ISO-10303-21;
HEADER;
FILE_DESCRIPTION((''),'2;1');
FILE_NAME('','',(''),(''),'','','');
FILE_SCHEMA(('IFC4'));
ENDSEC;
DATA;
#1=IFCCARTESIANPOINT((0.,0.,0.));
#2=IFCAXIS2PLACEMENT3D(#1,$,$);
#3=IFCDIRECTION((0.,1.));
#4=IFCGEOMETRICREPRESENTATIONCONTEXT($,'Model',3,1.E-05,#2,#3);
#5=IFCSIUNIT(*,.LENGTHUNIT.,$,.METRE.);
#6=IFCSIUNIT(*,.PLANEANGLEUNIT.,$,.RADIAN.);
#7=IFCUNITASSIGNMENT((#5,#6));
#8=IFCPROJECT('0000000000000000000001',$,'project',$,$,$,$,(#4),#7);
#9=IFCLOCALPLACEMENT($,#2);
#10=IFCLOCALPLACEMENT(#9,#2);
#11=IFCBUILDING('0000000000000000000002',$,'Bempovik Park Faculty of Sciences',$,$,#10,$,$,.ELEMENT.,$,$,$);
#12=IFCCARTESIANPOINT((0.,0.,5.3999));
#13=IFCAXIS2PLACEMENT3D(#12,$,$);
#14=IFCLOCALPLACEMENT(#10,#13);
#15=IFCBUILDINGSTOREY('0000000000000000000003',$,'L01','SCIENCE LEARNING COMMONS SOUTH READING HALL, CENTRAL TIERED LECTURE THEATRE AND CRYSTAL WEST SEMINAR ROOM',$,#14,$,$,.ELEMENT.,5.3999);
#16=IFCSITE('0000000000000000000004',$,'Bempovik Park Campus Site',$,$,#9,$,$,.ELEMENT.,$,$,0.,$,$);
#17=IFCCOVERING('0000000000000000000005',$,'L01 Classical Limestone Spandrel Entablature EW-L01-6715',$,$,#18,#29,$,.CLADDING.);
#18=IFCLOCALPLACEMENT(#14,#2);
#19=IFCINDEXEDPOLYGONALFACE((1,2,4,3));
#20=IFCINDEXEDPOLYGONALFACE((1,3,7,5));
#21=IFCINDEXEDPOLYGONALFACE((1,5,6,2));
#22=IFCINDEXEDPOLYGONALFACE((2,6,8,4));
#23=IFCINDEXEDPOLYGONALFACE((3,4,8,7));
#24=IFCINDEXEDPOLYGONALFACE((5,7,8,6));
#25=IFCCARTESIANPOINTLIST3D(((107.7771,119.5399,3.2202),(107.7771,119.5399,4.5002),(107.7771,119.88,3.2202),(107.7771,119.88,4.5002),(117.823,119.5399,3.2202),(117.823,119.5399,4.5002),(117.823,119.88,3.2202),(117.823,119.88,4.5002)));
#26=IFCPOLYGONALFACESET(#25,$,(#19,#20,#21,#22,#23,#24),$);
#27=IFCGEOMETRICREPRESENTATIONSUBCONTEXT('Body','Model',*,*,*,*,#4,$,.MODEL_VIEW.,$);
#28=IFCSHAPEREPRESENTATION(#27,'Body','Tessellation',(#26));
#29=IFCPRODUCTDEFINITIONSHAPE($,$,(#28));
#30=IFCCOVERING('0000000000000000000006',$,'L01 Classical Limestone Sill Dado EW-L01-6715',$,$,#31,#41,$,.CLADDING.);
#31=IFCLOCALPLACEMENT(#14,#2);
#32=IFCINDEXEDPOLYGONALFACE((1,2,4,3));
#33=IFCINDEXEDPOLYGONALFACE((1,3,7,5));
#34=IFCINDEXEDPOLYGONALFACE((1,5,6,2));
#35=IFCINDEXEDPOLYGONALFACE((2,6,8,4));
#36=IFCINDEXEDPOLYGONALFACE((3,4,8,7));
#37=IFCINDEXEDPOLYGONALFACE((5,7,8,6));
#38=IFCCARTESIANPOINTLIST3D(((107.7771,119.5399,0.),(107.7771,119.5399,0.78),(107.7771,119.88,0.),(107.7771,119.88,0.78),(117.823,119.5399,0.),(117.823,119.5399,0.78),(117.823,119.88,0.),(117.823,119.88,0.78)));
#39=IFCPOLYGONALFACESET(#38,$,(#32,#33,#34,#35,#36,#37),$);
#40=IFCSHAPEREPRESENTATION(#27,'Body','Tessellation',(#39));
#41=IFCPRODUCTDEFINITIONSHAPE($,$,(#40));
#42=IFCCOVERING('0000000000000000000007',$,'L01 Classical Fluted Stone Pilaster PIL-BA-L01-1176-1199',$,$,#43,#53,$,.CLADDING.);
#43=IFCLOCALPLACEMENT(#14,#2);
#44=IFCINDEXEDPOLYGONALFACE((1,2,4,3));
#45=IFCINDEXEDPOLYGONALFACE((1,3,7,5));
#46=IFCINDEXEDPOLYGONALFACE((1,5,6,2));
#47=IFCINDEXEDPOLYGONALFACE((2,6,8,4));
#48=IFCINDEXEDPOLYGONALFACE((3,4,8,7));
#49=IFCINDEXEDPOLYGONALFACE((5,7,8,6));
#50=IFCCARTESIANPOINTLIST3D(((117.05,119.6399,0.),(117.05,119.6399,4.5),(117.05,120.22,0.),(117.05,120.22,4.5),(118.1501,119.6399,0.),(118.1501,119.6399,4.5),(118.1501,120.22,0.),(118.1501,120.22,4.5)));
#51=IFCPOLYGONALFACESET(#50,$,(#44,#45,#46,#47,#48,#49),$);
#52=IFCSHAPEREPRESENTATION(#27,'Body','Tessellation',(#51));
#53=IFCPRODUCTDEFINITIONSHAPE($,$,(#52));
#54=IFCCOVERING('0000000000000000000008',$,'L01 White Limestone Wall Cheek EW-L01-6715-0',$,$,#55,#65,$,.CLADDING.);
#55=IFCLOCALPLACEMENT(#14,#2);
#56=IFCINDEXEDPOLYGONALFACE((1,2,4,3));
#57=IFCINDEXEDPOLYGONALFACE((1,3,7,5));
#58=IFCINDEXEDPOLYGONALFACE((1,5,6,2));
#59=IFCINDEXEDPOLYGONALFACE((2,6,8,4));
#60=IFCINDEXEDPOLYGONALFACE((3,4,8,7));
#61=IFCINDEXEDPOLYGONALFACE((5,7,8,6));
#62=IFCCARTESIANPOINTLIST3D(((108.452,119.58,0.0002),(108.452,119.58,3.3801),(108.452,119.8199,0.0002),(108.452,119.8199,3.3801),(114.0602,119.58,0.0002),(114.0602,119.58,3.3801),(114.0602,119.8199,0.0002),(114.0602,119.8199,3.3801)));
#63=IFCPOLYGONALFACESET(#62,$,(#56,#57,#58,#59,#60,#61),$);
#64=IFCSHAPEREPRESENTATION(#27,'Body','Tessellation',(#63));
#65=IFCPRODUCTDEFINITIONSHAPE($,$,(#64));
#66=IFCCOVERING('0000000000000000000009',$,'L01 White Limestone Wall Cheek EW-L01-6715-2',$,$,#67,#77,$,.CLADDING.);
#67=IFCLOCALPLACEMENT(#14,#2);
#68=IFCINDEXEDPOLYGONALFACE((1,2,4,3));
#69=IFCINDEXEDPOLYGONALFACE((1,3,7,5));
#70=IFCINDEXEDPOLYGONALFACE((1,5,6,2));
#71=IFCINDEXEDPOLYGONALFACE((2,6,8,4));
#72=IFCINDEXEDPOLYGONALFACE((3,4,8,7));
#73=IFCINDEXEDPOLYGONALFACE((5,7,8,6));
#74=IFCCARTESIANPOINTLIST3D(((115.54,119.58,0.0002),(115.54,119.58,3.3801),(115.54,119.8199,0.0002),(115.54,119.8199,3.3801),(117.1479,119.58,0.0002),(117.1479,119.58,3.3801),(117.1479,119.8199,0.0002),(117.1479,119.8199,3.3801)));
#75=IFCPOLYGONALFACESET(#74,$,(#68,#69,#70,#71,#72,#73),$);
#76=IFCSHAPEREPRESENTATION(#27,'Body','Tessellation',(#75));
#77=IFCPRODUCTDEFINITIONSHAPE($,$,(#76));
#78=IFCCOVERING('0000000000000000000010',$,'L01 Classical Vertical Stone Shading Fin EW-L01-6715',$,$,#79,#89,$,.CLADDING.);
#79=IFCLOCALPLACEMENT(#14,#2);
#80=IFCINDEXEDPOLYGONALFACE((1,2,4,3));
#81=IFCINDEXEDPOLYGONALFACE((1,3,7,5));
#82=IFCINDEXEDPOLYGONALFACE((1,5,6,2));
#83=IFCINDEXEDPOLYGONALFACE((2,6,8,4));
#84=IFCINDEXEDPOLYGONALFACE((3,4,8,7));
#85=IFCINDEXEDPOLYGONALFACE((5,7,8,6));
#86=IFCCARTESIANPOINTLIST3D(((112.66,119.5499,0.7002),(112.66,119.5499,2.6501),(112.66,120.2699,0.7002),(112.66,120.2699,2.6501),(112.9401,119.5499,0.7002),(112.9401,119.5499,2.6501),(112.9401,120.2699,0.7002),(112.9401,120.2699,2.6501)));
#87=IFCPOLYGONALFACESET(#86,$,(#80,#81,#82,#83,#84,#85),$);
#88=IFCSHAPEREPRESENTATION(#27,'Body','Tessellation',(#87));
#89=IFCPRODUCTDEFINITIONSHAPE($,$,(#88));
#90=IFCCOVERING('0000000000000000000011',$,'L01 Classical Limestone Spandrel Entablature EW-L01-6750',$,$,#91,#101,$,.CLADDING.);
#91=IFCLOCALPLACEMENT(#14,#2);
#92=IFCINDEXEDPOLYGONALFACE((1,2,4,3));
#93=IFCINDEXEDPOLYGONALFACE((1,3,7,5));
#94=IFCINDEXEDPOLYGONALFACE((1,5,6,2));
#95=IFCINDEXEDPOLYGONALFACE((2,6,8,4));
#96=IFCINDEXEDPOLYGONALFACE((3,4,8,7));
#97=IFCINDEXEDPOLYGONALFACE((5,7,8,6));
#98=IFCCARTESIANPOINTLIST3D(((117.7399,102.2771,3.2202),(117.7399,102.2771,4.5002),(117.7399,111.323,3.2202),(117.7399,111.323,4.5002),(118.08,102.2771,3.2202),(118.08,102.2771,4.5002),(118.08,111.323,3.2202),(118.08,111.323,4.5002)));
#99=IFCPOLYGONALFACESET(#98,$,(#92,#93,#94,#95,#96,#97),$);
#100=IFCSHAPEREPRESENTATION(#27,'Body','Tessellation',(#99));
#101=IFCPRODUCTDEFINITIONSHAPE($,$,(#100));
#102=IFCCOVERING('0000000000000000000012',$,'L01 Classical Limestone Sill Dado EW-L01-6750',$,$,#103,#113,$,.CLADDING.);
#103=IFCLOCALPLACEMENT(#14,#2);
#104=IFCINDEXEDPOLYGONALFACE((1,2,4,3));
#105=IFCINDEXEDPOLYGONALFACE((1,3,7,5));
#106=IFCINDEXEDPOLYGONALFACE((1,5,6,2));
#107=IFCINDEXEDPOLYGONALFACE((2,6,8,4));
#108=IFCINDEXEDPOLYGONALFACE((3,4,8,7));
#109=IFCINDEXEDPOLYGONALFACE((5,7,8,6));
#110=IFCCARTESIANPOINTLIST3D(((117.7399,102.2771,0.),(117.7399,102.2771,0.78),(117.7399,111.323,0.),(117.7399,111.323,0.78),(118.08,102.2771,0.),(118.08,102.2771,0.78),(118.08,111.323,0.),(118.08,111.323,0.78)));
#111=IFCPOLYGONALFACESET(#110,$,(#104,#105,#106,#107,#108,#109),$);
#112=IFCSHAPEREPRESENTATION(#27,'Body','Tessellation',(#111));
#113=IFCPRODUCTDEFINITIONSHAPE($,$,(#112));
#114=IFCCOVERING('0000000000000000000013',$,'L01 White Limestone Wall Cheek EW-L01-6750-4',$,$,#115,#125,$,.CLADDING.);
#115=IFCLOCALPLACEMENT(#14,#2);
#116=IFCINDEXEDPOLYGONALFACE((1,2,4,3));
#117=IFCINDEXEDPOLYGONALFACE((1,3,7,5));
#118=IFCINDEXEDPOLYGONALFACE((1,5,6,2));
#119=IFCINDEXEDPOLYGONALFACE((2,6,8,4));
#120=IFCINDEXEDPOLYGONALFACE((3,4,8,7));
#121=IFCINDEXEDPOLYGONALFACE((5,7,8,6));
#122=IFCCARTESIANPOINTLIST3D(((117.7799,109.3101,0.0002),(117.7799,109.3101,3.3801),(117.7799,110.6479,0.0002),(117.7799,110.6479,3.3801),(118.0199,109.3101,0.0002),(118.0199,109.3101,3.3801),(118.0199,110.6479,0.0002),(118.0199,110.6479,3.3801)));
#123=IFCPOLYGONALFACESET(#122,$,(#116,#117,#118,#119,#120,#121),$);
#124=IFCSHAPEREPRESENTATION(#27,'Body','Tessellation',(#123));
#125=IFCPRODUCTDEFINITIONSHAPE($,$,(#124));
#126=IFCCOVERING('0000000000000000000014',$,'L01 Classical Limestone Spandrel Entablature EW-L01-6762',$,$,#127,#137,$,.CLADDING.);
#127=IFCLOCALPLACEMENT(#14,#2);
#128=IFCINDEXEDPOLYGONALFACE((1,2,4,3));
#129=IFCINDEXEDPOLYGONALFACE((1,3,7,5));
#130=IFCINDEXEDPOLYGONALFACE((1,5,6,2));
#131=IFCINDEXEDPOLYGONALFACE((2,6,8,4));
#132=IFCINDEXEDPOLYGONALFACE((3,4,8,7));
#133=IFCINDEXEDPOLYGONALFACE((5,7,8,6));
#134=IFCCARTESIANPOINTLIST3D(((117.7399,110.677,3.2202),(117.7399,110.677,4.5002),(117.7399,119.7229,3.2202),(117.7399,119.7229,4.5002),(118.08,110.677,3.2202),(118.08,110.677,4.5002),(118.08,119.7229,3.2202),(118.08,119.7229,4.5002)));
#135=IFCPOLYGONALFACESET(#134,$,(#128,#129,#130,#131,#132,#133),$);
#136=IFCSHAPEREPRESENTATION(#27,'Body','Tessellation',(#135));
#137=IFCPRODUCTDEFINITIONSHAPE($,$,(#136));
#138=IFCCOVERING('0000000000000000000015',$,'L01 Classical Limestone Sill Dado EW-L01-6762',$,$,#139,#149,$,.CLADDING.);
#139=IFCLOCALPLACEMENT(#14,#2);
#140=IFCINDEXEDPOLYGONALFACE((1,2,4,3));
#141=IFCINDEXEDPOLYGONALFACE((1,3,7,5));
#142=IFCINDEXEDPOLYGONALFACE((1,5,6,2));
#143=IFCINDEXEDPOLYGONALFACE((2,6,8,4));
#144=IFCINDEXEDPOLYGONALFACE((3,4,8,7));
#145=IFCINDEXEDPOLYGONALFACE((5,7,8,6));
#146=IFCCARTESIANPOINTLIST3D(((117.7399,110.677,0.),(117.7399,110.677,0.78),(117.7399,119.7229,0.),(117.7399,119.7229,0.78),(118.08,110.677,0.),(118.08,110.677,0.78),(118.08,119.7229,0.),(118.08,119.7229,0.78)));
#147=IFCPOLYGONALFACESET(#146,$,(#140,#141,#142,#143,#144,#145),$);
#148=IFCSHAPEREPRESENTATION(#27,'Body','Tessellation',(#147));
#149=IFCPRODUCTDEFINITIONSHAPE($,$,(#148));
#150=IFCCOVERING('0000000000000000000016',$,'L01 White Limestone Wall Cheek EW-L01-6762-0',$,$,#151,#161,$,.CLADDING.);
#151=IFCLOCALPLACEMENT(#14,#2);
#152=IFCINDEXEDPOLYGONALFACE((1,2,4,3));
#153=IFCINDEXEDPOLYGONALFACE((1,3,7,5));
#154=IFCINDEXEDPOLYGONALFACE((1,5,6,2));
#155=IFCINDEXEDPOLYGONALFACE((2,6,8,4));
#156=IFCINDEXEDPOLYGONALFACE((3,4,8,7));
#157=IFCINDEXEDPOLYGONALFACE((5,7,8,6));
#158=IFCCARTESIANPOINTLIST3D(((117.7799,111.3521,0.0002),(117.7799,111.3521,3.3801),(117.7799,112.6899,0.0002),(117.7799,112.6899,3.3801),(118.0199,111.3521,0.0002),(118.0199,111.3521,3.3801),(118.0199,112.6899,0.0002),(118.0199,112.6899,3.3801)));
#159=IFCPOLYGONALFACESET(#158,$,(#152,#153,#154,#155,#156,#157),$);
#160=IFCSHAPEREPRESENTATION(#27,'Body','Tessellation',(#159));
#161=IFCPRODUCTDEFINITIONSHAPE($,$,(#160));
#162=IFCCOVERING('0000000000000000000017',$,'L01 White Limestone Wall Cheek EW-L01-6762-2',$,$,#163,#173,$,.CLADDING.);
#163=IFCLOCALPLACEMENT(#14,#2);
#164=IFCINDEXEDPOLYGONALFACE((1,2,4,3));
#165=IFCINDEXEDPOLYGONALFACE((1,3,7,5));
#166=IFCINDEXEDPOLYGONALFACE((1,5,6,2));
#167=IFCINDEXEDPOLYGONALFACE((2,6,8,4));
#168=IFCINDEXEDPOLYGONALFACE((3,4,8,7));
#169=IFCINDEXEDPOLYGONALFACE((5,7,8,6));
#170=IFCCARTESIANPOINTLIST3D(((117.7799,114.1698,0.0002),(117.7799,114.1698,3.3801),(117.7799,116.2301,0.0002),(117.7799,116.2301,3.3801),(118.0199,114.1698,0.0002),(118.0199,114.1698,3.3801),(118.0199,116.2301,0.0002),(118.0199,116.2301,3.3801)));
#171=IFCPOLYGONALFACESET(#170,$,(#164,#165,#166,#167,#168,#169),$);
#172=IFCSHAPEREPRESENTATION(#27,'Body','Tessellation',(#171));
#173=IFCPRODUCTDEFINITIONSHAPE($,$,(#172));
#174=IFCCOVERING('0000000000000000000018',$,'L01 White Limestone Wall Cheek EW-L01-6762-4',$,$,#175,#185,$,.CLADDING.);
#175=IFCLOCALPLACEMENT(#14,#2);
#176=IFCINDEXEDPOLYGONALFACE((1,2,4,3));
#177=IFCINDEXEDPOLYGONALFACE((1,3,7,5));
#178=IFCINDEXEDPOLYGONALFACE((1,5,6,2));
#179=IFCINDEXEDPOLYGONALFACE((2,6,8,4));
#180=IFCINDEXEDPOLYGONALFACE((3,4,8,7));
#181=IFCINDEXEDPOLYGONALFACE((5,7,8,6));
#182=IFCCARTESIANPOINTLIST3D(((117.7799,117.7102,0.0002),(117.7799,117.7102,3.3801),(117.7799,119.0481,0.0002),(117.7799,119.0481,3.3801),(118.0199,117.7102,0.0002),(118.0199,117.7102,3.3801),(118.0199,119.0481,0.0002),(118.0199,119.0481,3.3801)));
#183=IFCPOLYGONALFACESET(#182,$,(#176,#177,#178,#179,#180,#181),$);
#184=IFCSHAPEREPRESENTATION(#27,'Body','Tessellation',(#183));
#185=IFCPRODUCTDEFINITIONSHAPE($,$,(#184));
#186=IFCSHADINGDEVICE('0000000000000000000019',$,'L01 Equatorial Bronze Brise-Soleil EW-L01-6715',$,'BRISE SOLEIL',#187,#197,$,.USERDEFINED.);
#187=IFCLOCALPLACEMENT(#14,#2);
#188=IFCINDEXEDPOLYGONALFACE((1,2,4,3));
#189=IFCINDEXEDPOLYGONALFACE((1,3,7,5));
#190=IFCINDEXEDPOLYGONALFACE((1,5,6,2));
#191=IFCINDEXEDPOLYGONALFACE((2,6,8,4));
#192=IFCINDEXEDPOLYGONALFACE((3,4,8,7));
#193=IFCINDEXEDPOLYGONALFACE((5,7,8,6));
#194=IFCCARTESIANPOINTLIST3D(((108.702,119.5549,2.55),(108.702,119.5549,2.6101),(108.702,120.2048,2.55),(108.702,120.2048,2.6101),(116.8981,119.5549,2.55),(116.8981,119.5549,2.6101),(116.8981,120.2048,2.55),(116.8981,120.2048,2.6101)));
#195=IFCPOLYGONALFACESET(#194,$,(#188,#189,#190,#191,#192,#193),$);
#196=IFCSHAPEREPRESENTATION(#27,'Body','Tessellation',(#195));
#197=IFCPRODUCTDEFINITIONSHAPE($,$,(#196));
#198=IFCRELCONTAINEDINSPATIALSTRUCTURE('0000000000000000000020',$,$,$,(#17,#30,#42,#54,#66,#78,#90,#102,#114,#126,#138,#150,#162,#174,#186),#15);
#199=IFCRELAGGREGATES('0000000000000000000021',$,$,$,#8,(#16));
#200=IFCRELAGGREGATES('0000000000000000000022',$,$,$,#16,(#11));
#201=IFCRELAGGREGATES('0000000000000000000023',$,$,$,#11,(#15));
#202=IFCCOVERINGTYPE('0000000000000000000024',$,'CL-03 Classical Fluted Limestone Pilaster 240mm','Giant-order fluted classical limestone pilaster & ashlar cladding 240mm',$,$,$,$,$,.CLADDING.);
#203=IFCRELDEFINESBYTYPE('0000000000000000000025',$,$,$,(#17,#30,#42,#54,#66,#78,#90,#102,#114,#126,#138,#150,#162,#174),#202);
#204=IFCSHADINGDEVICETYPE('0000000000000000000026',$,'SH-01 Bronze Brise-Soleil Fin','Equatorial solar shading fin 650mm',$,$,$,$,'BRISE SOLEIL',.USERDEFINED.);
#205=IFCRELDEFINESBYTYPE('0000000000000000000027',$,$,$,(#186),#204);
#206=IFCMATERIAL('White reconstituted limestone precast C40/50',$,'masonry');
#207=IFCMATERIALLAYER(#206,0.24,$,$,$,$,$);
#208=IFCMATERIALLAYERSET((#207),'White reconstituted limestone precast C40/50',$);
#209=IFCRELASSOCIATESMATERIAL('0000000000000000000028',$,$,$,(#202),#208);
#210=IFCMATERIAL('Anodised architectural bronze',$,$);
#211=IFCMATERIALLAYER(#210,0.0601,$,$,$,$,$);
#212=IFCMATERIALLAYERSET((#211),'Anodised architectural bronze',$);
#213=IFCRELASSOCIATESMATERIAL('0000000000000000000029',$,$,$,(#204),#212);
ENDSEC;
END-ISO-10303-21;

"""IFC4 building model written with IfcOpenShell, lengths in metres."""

from ifc_helpers import new_model, si_unit, direction, frame, origin, origin_2d, place, context, subcontext, project, spatial, rectangle, extrude, material, layer, layer_set, type_object, element, save


model = new_model("IFC4")

# Units and contexts
model_context = context("Model", 3, precision=1e-05, world=origin(), true_north=direction((0.0, 1.0)))
body_context = subcontext(model_context, "Body", "Model", "MODEL_VIEW")
ifc_project = project(units=[si_unit("LENGTHUNIT", "METRE"), si_unit("PLANEANGLEUNIT", "RADIAN")], contexts=[model_context])

# Site, building, storey
site_placement = place(None, origin())
site = spatial("IfcSite", under=ifc_project, at=site_placement, Name="Bempovik Park Campus Site", CompositionType="ELEMENT", RefElevation=0.0)
building_placement = place(site_placement, origin())
building = spatial("IfcBuilding", under=site, at=building_placement, Name="Bempovik Park Faculty of Sciences", CompositionType="ELEMENT")
storey_placement = place(building_placement, frame((0.0, 0.0, 5.3999)))
storey = spatial("IfcBuildingStorey", under=building, at=storey_placement, Name="L01", Description="SCIENCE LEARNING COMMONS SOUTH READING HALL, CENTRAL TIERED LECTURE THEATRE AND CRYSTAL WEST SEMINAR ROOM", CompositionType="ELEMENT", Elevation=5.3999)

# Coverings
ifc_material_1 = material(Name="White reconstituted limestone precast C40/50", Category="masonry")
ifc_layer_1 = layer(ifc_material_1, 0.24)
ifc_layer_set_1 = layer_set([ifc_layer_1], Name="White reconstituted limestone precast C40/50")
covering_type_1 = type_object("IfcCoveringType", Name="CL-03 Classical Fluted Limestone Pilaster 240mm", Description="Giant-order fluted classical limestone pilaster & ashlar cladding 240mm", PredefinedType="CLADDING", material=ifc_layer_set_1)
covering_1_placement = place(storey_placement, frame((112.8, 119.71, 3.2202), z_axis=(0.0, 0.0, 1.0), x_axis=(1.0, 0.0, 0.0)))
element("IfcCovering", 1, at=covering_1_placement, inside=storey, type_object=covering_type_1, Name="L01 Classical Limestone Spandrel Entablature EW-L01-6715", PredefinedType="CLADDING", context=body_context, shape_type="SweptSolid", body=[
    extrude(rectangle(XDim=10.0459, YDim=0.3401, at=origin_2d()), origin(), (0.0, 0.0, 1.0), 1.28),
])
covering_2_placement = place(storey_placement, frame((112.8, 119.71, 0.0), z_axis=(0.0, 0.0, 1.0), x_axis=(1.0, 0.0, 0.0)))
element("IfcCovering", 2, at=covering_2_placement, inside=storey, type_object=covering_type_1, Name="L01 Classical Limestone Sill Dado EW-L01-6715", PredefinedType="CLADDING", context=body_context, shape_type="SweptSolid", body=[
    extrude(rectangle(XDim=10.0459, YDim=0.3401, at=origin_2d()), origin(), (0.0, 0.0, 1.0), 0.78),
])
covering_3_placement = place(storey_placement, frame((117.6001, 119.9299, 0.0), z_axis=(0.0, 0.0, 1.0), x_axis=(1.0, 0.0, 0.0)))
element("IfcCovering", 3, at=covering_3_placement, inside=storey, type_object=covering_type_1, Name="L01 Classical Fluted Stone Pilaster PIL-BA-L01-1176-1199", PredefinedType="CLADDING", context=body_context, shape_type="SweptSolid", body=[
    extrude(rectangle(XDim=1.1001, YDim=0.5801, at=origin_2d()), origin(), (0.0, 0.0, 1.0), 4.5),
])
covering_4_placement = place(storey_placement, frame((111.2561, 119.7, 0.0002), z_axis=(0.0, 0.0, 1.0), x_axis=(1.0, 0.0, 0.0)))
element("IfcCovering", 4, at=covering_4_placement, inside=storey, type_object=covering_type_1, Name="L01 White Limestone Wall Cheek EW-L01-6715-0", PredefinedType="CLADDING", context=body_context, shape_type="SweptSolid", body=[
    extrude(rectangle(XDim=5.6082, YDim=0.24, at=origin_2d()), origin(), (0.0, 0.0, 1.0), 3.3799),
])
covering_5_placement = place(storey_placement, frame((116.344, 119.7, 0.0002), z_axis=(0.0, 0.0, 1.0), x_axis=(1.0, 0.0, 0.0)))
element("IfcCovering", 5, at=covering_5_placement, inside=storey, type_object=covering_type_1, Name="L01 White Limestone Wall Cheek EW-L01-6715-2", PredefinedType="CLADDING", context=body_context, shape_type="SweptSolid", body=[
    extrude(rectangle(XDim=1.6079, YDim=0.24, at=origin_2d()), origin(), (0.0, 0.0, 1.0), 3.3799),
])
covering_6_placement = place(storey_placement, frame((112.8, 119.9099, 0.7002), z_axis=(0.0, 0.0, 1.0), x_axis=(1.0, 0.0, 0.0)))
element("IfcCovering", 6, at=covering_6_placement, inside=storey, type_object=covering_type_1, Name="L01 Classical Vertical Stone Shading Fin EW-L01-6715", PredefinedType="CLADDING", context=body_context, shape_type="SweptSolid", body=[
    extrude(rectangle(XDim=0.28, YDim=0.72, at=origin_2d()), origin(), (0.0, 0.0, 1.0), 1.95),
])
covering_7_placement = place(storey_placement, frame((117.9099, 106.8, 3.2202), z_axis=(0.0, 0.0, 1.0), x_axis=(1.0, 0.0, 0.0)))
element("IfcCovering", 7, at=covering_7_placement, inside=storey, type_object=covering_type_1, Name="L01 Classical Limestone Spandrel Entablature EW-L01-6750", PredefinedType="CLADDING", context=body_context, shape_type="SweptSolid", body=[
    extrude(rectangle(XDim=0.3401, YDim=9.0459, at=origin_2d()), origin(), (0.0, 0.0, 1.0), 1.28),
])
covering_8_placement = place(storey_placement, frame((117.9099, 106.8, 0.0), z_axis=(0.0, 0.0, 1.0), x_axis=(1.0, 0.0, 0.0)))
element("IfcCovering", 8, at=covering_8_placement, inside=storey, type_object=covering_type_1, Name="L01 Classical Limestone Sill Dado EW-L01-6750", PredefinedType="CLADDING", context=body_context, shape_type="SweptSolid", body=[
    extrude(rectangle(XDim=0.3401, YDim=9.0459, at=origin_2d()), origin(), (0.0, 0.0, 1.0), 0.78),
])
covering_9_placement = place(storey_placement, frame((117.8999, 109.979, 0.0002), z_axis=(0.0, 0.0, 1.0), x_axis=(1.0, 0.0, 0.0)))
element("IfcCovering", 9, at=covering_9_placement, inside=storey, type_object=covering_type_1, Name="L01 White Limestone Wall Cheek EW-L01-6750-4", PredefinedType="CLADDING", context=body_context, shape_type="SweptSolid", body=[
    extrude(rectangle(XDim=0.24, YDim=1.3379, at=origin_2d()), origin(), (0.0, 0.0, 1.0), 3.3799),
])
covering_10_placement = place(storey_placement, frame((117.9099, 115.2, 3.2202), z_axis=(0.0, 0.0, 1.0), x_axis=(1.0, 0.0, 0.0)))
element("IfcCovering", 10, at=covering_10_placement, inside=storey, type_object=covering_type_1, Name="L01 Classical Limestone Spandrel Entablature EW-L01-6762", PredefinedType="CLADDING", context=body_context, shape_type="SweptSolid", body=[
    extrude(rectangle(XDim=0.3401, YDim=9.0459, at=origin_2d()), origin(), (0.0, 0.0, 1.0), 1.28),
])
covering_11_placement = place(storey_placement, frame((117.9099, 115.2, 0.0), z_axis=(0.0, 0.0, 1.0), x_axis=(1.0, 0.0, 0.0)))
element("IfcCovering", 11, at=covering_11_placement, inside=storey, type_object=covering_type_1, Name="L01 Classical Limestone Sill Dado EW-L01-6762", PredefinedType="CLADDING", context=body_context, shape_type="SweptSolid", body=[
    extrude(rectangle(XDim=0.3401, YDim=9.0459, at=origin_2d()), origin(), (0.0, 0.0, 1.0), 0.78),
])
covering_12_placement = place(storey_placement, frame((117.8999, 112.021, 0.0002), z_axis=(0.0, 0.0, 1.0), x_axis=(1.0, 0.0, 0.0)))
element("IfcCovering", 12, at=covering_12_placement, inside=storey, type_object=covering_type_1, Name="L01 White Limestone Wall Cheek EW-L01-6762-0", PredefinedType="CLADDING", context=body_context, shape_type="SweptSolid", body=[
    extrude(rectangle(XDim=0.24, YDim=1.3379, at=origin_2d()), origin(), (0.0, 0.0, 1.0), 3.3799),
])
covering_13_placement = place(storey_placement, frame((117.8999, 115.2, 0.0002), z_axis=(0.0, 0.0, 1.0), x_axis=(1.0, 0.0, 0.0)))
element("IfcCovering", 13, at=covering_13_placement, inside=storey, type_object=covering_type_1, Name="L01 White Limestone Wall Cheek EW-L01-6762-2", PredefinedType="CLADDING", context=body_context, shape_type="SweptSolid", body=[
    extrude(rectangle(XDim=0.24, YDim=2.0603, at=origin_2d()), origin(), (0.0, 0.0, 1.0), 3.3799),
])
covering_14_placement = place(storey_placement, frame((117.8999, 118.3792, 0.0002), z_axis=(0.0, 0.0, 1.0), x_axis=(1.0, 0.0, 0.0)))
element("IfcCovering", 14, at=covering_14_placement, inside=storey, type_object=covering_type_1, Name="L01 White Limestone Wall Cheek EW-L01-6762-4", PredefinedType="CLADDING", context=body_context, shape_type="SweptSolid", body=[
    extrude(rectangle(XDim=0.24, YDim=1.3379, at=origin_2d()), origin(), (0.0, 0.0, 1.0), 3.3799),
])

# Shading device
ifc_material_2 = material(Name="Anodised architectural bronze")
ifc_layer_2 = layer(ifc_material_2, 0.0601)
ifc_layer_set_2 = layer_set([ifc_layer_2], Name="Anodised architectural bronze")
shading_device_type = type_object("IfcShadingDeviceType", Name="SH-01 Bronze Brise-Soleil Fin", Description="Equatorial solar shading fin 650mm", ElementType="BRISE SOLEIL", PredefinedType="USERDEFINED", material=ifc_layer_set_2)
shading_device_placement = place(storey_placement, frame((112.8, 119.8799, 2.55), z_axis=(0.0, 0.0, 1.0), x_axis=(1.0, 0.0, 0.0)))
element("IfcShadingDevice", 15, at=shading_device_placement, inside=storey, type_object=shading_device_type, Name="L01 Equatorial Bronze Brise-Soleil EW-L01-6715", ObjectType="BRISE SOLEIL", PredefinedType="USERDEFINED", context=body_context, shape_type="SweptSolid", body=[
    extrude(rectangle(XDim=8.196, YDim=0.6499, at=origin_2d()), origin(), (0.0, 0.0, 1.0), 0.0601),
])

save(model, "model.ifc")
